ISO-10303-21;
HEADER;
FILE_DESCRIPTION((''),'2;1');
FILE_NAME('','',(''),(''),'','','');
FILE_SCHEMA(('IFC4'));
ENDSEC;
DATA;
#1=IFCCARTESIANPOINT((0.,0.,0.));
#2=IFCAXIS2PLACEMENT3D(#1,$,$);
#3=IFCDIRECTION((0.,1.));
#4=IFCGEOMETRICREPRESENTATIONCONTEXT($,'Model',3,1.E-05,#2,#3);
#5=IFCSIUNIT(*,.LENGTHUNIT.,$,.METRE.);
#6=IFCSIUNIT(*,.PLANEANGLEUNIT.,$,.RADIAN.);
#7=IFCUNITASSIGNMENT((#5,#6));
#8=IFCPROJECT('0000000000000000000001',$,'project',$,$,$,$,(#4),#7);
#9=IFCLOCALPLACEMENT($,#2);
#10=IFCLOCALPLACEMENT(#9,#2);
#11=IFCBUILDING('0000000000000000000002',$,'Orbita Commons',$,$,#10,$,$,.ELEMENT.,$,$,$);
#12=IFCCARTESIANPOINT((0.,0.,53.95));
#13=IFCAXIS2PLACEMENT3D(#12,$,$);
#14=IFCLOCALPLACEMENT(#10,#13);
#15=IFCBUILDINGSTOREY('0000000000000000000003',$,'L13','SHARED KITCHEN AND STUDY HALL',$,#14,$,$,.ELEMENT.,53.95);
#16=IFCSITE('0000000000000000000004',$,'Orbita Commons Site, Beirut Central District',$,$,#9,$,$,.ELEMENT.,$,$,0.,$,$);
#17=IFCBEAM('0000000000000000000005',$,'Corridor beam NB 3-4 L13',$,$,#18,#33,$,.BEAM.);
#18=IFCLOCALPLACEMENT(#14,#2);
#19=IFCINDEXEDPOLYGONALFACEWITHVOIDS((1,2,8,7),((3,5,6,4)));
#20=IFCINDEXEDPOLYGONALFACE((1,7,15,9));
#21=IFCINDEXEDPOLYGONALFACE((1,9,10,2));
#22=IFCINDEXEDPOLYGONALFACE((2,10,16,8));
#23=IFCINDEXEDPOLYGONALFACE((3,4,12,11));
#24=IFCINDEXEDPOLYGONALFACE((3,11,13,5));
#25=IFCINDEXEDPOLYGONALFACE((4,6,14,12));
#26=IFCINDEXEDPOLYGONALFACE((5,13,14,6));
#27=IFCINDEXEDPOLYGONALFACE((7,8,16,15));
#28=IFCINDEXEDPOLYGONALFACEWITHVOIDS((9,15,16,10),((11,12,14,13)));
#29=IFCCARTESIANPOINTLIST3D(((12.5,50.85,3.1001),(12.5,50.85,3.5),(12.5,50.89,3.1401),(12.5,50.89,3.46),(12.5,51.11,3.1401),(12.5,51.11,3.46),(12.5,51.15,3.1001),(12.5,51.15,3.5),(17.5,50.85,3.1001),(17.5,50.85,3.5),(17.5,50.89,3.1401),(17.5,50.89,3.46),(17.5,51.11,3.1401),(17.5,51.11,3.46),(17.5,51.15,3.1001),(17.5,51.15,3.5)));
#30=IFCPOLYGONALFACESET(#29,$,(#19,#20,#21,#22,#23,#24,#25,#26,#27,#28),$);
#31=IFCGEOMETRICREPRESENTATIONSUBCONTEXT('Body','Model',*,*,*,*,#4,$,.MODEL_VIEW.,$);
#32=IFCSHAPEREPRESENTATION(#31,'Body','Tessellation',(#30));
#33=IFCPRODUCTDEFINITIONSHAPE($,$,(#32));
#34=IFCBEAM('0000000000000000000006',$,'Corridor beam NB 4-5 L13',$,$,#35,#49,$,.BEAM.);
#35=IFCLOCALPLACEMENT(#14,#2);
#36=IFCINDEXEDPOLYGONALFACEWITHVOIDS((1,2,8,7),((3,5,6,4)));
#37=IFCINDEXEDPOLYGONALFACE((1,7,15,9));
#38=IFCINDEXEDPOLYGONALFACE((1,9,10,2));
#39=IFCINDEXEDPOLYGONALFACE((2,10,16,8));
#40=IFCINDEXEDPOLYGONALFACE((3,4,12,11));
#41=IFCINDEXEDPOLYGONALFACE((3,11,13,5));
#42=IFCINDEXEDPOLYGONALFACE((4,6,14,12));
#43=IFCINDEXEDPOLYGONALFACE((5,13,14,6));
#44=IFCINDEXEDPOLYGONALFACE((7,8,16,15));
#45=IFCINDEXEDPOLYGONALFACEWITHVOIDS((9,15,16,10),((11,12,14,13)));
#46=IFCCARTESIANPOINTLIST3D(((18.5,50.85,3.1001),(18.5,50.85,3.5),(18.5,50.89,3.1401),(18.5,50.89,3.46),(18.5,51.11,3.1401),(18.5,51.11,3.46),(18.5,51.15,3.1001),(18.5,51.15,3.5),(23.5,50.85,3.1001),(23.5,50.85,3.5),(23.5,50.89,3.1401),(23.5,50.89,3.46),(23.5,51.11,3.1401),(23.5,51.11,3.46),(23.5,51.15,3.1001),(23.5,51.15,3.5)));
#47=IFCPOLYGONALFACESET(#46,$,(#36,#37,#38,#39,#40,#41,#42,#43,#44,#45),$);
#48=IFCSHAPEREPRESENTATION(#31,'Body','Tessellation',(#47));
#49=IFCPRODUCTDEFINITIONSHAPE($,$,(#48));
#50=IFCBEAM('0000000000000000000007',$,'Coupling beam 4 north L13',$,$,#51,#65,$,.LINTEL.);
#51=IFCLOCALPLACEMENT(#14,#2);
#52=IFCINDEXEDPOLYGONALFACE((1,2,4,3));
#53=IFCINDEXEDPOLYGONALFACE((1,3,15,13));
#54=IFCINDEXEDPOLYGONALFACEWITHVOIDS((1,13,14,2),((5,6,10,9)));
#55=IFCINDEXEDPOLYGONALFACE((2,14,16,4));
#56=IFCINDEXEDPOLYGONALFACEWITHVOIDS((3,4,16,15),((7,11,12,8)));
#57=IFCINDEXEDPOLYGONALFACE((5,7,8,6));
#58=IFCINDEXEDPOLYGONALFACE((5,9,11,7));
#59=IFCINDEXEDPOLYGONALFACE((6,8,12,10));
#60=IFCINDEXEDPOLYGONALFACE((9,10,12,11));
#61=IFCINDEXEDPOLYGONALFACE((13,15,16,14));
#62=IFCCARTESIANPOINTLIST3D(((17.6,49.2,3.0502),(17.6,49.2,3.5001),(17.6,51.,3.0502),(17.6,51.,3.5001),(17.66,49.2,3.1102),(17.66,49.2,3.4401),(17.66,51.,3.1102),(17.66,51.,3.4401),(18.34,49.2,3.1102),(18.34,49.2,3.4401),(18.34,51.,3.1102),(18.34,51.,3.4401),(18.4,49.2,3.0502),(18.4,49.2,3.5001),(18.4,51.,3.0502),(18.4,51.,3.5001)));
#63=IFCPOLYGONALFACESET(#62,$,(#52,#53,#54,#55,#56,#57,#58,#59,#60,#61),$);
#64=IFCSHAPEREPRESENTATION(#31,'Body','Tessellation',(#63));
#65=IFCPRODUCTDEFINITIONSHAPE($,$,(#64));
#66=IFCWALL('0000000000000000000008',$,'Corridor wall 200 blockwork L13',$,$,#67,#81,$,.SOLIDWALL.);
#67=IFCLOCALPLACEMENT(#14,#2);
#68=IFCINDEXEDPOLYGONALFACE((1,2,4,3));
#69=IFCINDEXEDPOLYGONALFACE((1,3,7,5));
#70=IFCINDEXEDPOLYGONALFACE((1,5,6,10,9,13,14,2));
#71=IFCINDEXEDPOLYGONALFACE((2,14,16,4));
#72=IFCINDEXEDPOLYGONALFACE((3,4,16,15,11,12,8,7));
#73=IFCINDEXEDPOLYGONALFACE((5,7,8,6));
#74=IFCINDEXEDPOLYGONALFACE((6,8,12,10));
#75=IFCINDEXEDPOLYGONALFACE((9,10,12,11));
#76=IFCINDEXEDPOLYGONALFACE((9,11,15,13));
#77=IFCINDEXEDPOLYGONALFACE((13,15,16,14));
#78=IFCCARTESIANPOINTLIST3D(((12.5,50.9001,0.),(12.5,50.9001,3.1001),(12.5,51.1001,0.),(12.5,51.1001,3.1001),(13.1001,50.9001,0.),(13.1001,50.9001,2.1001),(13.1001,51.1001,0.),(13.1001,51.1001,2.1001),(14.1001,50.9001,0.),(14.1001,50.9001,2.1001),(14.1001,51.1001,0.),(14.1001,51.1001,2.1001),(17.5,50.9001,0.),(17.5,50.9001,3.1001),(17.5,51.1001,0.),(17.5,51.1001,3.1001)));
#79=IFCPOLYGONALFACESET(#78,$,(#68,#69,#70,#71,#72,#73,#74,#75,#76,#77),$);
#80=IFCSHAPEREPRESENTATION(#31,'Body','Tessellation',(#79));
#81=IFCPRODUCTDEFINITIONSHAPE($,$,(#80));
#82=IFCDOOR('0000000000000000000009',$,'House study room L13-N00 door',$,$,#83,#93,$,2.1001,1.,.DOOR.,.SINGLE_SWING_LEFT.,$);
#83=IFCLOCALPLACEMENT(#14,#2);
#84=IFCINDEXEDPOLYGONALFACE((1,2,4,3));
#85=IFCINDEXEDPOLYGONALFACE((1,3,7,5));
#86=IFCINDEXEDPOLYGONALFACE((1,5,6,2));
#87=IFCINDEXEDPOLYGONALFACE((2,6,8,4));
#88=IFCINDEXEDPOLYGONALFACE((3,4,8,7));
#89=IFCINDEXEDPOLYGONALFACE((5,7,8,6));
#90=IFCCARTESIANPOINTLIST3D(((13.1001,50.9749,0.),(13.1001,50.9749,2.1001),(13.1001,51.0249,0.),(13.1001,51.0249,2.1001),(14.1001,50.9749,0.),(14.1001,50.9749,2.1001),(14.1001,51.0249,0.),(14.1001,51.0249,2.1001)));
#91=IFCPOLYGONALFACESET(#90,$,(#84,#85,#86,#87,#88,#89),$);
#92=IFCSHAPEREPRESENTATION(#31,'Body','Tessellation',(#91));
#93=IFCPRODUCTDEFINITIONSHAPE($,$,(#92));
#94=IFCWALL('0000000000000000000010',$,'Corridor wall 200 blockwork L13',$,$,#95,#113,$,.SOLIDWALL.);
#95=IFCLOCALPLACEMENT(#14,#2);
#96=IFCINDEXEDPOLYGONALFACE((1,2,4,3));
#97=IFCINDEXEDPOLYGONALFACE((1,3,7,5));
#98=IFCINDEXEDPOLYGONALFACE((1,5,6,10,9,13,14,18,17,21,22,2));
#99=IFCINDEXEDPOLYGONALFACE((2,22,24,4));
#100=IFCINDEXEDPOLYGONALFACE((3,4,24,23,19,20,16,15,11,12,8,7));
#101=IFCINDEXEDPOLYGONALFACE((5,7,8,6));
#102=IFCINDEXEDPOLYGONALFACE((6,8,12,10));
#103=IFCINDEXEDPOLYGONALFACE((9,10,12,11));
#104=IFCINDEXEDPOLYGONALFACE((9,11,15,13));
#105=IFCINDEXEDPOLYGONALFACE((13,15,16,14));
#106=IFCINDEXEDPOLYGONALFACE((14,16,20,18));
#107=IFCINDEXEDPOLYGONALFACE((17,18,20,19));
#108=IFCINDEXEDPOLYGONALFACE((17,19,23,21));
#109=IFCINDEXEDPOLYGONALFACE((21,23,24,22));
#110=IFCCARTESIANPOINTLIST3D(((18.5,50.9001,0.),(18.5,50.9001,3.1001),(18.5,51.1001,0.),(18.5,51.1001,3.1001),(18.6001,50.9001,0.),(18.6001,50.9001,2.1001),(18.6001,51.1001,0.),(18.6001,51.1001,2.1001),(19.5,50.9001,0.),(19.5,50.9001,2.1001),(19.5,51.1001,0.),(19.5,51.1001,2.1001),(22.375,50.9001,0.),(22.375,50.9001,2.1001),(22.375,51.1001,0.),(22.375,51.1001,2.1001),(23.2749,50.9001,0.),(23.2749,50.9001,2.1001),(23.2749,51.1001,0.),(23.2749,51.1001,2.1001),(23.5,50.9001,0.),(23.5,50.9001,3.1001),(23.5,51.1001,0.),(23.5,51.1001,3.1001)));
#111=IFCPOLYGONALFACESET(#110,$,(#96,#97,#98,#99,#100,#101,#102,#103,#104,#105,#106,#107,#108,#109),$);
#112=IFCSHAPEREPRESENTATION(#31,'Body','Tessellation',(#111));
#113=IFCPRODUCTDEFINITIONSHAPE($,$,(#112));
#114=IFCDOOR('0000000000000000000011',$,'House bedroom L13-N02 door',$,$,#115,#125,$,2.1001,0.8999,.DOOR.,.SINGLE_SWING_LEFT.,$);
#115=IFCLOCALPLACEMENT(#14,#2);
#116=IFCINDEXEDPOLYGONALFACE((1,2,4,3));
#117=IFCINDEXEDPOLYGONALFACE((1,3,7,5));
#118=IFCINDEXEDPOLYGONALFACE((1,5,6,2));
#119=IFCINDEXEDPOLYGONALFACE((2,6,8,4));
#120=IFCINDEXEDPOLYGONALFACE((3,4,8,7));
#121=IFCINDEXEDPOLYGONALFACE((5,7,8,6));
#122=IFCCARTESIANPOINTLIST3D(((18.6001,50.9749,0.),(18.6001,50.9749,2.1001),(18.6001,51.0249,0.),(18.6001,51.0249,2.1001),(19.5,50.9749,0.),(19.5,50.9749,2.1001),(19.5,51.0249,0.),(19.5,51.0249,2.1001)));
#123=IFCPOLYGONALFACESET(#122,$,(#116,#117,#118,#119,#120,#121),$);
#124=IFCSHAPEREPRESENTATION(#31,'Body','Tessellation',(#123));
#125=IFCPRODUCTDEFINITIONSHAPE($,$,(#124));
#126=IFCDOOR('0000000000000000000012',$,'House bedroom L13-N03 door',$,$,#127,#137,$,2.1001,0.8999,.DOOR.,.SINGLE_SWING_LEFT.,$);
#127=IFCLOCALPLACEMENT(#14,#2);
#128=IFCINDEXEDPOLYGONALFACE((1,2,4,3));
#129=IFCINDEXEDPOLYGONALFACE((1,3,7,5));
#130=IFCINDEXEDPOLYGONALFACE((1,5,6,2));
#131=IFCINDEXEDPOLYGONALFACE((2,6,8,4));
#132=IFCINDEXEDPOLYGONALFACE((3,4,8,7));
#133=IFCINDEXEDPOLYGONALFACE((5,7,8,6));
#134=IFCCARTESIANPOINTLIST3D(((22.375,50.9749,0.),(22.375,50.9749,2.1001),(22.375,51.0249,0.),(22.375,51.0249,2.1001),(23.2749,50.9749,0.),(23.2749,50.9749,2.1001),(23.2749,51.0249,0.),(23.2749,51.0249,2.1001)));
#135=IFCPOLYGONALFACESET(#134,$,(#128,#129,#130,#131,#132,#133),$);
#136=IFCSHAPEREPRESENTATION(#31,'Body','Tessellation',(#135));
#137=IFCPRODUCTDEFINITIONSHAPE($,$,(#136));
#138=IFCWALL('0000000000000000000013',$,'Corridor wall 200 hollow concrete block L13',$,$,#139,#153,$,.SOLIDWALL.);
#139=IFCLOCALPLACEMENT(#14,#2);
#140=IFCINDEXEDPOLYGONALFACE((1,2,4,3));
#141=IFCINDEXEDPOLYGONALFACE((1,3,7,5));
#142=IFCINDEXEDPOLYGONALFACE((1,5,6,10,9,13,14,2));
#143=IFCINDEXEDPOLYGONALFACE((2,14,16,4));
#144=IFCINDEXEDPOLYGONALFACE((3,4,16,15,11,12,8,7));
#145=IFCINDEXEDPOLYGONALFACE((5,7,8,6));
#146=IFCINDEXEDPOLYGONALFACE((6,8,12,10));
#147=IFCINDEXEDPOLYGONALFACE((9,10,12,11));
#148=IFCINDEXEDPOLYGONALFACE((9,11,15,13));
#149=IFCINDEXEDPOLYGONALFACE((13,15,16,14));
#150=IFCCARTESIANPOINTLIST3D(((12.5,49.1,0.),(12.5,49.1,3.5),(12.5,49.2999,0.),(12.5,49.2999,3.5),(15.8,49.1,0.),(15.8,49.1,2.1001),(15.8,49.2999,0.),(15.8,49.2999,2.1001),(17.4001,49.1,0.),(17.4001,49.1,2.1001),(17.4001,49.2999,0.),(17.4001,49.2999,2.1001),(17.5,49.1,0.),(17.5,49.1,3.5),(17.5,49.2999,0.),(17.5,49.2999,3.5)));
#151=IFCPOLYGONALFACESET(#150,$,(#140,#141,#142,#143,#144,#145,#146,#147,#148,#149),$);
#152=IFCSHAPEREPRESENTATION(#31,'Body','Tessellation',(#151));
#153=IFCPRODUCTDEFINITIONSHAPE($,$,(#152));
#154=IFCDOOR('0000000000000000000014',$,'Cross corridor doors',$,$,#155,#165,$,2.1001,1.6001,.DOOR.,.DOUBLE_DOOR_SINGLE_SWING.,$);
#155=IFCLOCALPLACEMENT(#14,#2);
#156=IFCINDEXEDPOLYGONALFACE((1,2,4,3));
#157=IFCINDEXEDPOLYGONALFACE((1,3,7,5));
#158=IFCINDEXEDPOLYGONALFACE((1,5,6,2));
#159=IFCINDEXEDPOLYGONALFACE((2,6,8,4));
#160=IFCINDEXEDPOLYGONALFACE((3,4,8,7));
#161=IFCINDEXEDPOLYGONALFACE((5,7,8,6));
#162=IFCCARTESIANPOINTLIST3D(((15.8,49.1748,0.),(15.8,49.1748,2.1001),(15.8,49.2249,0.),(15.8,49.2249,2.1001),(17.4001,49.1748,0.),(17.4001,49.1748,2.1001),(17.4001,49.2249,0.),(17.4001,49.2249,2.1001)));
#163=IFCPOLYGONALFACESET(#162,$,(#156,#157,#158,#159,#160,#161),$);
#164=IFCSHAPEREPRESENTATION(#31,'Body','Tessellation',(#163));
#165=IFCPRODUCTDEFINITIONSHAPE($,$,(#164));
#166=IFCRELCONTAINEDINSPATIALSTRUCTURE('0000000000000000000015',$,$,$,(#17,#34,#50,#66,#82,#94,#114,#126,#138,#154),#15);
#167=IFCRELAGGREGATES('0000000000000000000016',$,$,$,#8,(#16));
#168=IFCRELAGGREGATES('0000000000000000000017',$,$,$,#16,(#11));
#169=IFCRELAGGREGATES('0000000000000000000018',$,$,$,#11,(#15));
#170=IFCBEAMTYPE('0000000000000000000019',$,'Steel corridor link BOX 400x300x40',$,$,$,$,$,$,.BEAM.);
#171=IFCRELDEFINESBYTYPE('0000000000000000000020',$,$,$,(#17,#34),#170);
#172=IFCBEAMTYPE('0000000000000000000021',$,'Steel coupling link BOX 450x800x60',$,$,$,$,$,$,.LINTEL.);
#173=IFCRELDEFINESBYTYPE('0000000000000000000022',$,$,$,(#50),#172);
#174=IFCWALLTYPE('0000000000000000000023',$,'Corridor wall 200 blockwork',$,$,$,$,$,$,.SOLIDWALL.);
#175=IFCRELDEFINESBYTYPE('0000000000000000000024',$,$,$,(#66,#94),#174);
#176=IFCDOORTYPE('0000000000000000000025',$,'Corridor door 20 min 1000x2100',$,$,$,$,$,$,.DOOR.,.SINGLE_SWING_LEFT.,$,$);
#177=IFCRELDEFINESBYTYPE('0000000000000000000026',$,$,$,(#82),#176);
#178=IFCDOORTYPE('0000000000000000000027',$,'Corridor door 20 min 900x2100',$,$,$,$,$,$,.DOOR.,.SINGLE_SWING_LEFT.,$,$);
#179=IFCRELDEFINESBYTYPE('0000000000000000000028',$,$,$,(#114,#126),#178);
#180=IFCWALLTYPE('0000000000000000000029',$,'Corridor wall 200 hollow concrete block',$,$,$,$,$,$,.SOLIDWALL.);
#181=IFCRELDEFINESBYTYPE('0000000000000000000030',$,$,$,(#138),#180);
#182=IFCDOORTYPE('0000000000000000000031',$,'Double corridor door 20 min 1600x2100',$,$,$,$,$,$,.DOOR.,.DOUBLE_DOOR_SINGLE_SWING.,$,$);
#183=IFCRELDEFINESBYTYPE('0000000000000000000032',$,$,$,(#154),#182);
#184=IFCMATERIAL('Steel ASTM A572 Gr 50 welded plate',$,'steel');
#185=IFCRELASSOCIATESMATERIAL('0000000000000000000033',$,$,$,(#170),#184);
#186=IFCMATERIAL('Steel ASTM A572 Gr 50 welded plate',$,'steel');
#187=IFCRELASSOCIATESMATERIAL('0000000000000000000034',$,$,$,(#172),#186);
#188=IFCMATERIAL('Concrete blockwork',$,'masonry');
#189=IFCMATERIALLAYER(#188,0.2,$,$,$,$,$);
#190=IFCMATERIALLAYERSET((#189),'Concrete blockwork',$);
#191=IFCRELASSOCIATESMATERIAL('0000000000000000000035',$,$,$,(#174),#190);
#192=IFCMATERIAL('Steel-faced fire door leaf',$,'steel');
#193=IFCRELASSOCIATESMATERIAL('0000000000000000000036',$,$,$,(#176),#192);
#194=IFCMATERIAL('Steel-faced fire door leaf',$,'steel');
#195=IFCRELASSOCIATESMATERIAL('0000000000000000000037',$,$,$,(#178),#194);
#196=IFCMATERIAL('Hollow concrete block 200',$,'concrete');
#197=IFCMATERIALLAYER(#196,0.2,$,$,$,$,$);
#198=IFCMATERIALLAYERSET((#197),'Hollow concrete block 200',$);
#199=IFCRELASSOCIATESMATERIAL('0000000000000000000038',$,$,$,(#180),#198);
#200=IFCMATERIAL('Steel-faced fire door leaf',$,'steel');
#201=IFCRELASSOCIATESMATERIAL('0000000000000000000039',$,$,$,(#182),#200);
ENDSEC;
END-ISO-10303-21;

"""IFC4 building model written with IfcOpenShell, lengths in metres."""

from ifc_helpers import new_model, si_unit, direction, frame, frame_2d, origin, origin_2d, place, context, subcontext, project, spatial, polyline, rectangle, hollow_rectangle, outline, extrude, material, layer, layer_set, material_profile, profile_set, type_object, element, fill, save


model = new_model("IFC4")

# Units and contexts
model_context = context("Model", 3, precision=1e-05, world=origin(), true_north=direction((0.0, 1.0)))
body_context = subcontext(model_context, "Body", "Model", "MODEL_VIEW")
ifc_project = project(units=[si_unit("LENGTHUNIT", "METRE"), si_unit("PLANEANGLEUNIT", "RADIAN")], contexts=[model_context])

# Site, building, storey
site_placement = place(None, origin())
site = spatial("IfcSite", under=ifc_project, at=site_placement, Name="Orbita Commons Site, Beirut Central District", CompositionType="ELEMENT", RefElevation=0.0)
building_placement = place(site_placement, origin())
building = spatial("IfcBuilding", under=site, at=building_placement, Name="Orbita Commons", CompositionType="ELEMENT")
storey_placement = place(building_placement, frame((0.0, 0.0, 53.95)))
storey = spatial("IfcBuildingStorey", under=building, at=storey_placement, Name="L13", Description="SHARED KITCHEN AND STUDY HALL", CompositionType="ELEMENT", Elevation=53.95)

# Beams
ifc_material_1 = material(Name="Steel ASTM A572 Gr 50 welded plate", Category="steel")
ifc_material_profile_1 = material_profile(ifc_material_1, hollow_rectangle(XDim=0.3, YDim=0.3999, WallThickness=0.04, at=origin_2d()), Name="BOX 400x300x40")
ifc_profile_set_1 = profile_set([ifc_material_profile_1], Name="Steel ASTM A572 Gr 50 welded plate")
beam_type_1 = type_object("IfcBeamType", Name="Steel corridor link BOX 400x300x40", PredefinedType="BEAM", material=ifc_profile_set_1)
for number, where, z_axis, x_axis, name in (
    (1, (12.5, 51.0, 3.3), (1.0, 0.0, 0.0), (0.0, 1.0, 0.0), "Corridor beam NB 3-4 L13"),
    (2, (18.5, 51.0, 3.3), (1.0, 0.0, 0.0), (0.0, 1.0, 0.0), "Corridor beam NB 4-5 L13"),
):
    element("IfcBeam", number, at=place(storey_placement, frame(where, z_axis=z_axis, x_axis=x_axis)), inside=storey, type_object=beam_type_1, Name=name, PredefinedType="BEAM", context=body_context, shape_type="SweptSolid", body=[
        extrude(hollow_rectangle(XDim=0.3, YDim=0.3999, WallThickness=0.04, at=origin_2d()), origin(), (0.0, 0.0, 1.0), 5.0),
    ])
ifc_material_2 = material(Name="Steel ASTM A572 Gr 50 welded plate", Category="steel")
ifc_material_profile_2 = material_profile(ifc_material_2, hollow_rectangle(XDim=0.8, YDim=0.45, WallThickness=0.0601, at=origin_2d()), Name="BOX 450x800x60")
ifc_profile_set_2 = profile_set([ifc_material_profile_2], Name="Steel ASTM A572 Gr 50 welded plate")
beam_type_2 = type_object("IfcBeamType", Name="Steel coupling link BOX 450x800x60", PredefinedType="LINTEL", material=ifc_profile_set_2)
beam_placement = place(storey_placement, frame((18.0, 49.2, 3.2751), z_axis=(0.0, 1.0, 0.0), x_axis=(-1.0, 0.0, 0.0)))
element("IfcBeam", 3, at=beam_placement, inside=storey, type_object=beam_type_2, Name="Coupling beam 4 north L13", PredefinedType="LINTEL", context=body_context, shape_type="SweptSolid", body=[
    extrude(hollow_rectangle(XDim=0.8, YDim=0.45, WallThickness=0.0601, at=origin_2d()), origin(), (0.0, 0.0, 1.0), 1.8),
])

# Wall, opening, door
ifc_material_3 = material(Name="Concrete blockwork", Category="masonry")
ifc_layer_1 = layer(ifc_material_3, 0.2)
ifc_layer_set_1 = layer_set([ifc_layer_1], Name="Concrete blockwork")
wall_type_1 = type_object("IfcWallType", Name="Corridor wall 200 blockwork", PredefinedType="SOLIDWALL", material=ifc_layer_set_1)
wall_1_placement = place(storey_placement, frame((12.5, 51.0, 0.0), z_axis=(0.0, 0.0, 1.0), x_axis=(1.0, 0.0, 0.0)))
wall_1 = element("IfcWall", 4, at=wall_1_placement, inside=storey, type_object=wall_type_1, Name="Corridor wall 200 blockwork L13", PredefinedType="SOLIDWALL", context=body_context, shape_type="SweptSolid", body=[
    extrude(outline(polyline([(0.0, 0.0), (5.0, 0.0), (5.0, 3.1001), (0.0, 3.1001), (0.0, 0.0)])), frame((0.0, 0.1001, 0.0), z_axis=(0.0, -1.0, 0.0), x_axis=(1.0, 0.0, 0.0)), (0.0, 0.0, 1.0), 0.2),
])
opening_1_placement = place(wall_1_placement, frame((0.6001, 0.0, 0.0)))
opening_1 = element("IfcOpeningElement", 5, at=opening_1_placement, cuts=wall_1, PredefinedType="OPENING", context=body_context, shape_type="SweptSolid", body=[
    extrude(rectangle(XDim=1.0, YDim=2.1001, at=frame_2d((0.5, 1.05))), frame((0.0, 0.1099, 0.0), z_axis=(0.0, -1.0, 0.0), x_axis=(1.0, 0.0, 0.0)), (0.0, 0.0, 1.0), 0.22),
])
ifc_material_4 = material(Name="Steel-faced fire door leaf", Category="steel")
door_type_1 = type_object("IfcDoorType", Name="Corridor door 20 min 1000x2100", OperationType="SINGLE_SWING_LEFT", PredefinedType="DOOR", material=ifc_material_4)
door_1_placement = place(opening_1_placement, origin())
door_1 = element("IfcDoor", 6, at=door_1_placement, inside=storey, type_object=door_type_1, Name="House study room L13-N00 door", OperationType="SINGLE_SWING_LEFT", OverallHeight=2.1001, OverallWidth=1.0, PredefinedType="DOOR", context=body_context, shape_type="SweptSolid", body=[
    extrude(rectangle(XDim=1.0, YDim=2.1001, at=frame_2d((0.5, 1.05))), frame((0.0, 0.0249, 0.0), z_axis=(0.0, -1.0, 0.0), x_axis=(1.0, 0.0, 0.0)), (0.0, 0.0, 1.0), 0.05),
])
fill(opening_1, door_1)

# Wall, openings, doors
wall_2_placement = place(storey_placement, frame((18.5, 51.0, 0.0), z_axis=(0.0, 0.0, 1.0), x_axis=(1.0, 0.0, 0.0)))
wall_2 = element("IfcWall", 7, at=wall_2_placement, inside=storey, type_object=wall_type_1, Name="Corridor wall 200 blockwork L13", PredefinedType="SOLIDWALL", context=body_context, shape_type="SweptSolid", body=[
    extrude(outline(polyline([(0.0, 0.0), (5.0, 0.0), (5.0, 3.1001), (0.0, 3.1001), (0.0, 0.0)])), frame((0.0, 0.1001, 0.0), z_axis=(0.0, -1.0, 0.0), x_axis=(1.0, 0.0, 0.0)), (0.0, 0.0, 1.0), 0.2),
])
opening_2_placement = place(wall_2_placement, frame((0.1001, 0.0, 0.0)))
opening_2 = element("IfcOpeningElement", 8, at=opening_2_placement, cuts=wall_2, PredefinedType="OPENING", context=body_context, shape_type="SweptSolid", body=[
    extrude(rectangle(XDim=0.8999, YDim=2.1001, at=frame_2d((0.45, 1.05))), frame((0.0, 0.1099, 0.0), z_axis=(0.0, -1.0, 0.0), x_axis=(1.0, 0.0, 0.0)), (0.0, 0.0, 1.0), 0.22),
])
opening_3_placement = place(wall_2_placement, frame((3.875, 0.0, 0.0)))
opening_3 = element("IfcOpeningElement", 9, at=opening_3_placement, cuts=wall_2, PredefinedType="OPENING", context=body_context, shape_type="SweptSolid", body=[
    extrude(rectangle(XDim=0.8999, YDim=2.1001, at=frame_2d((0.45, 1.05))), frame((0.0, 0.1099, 0.0), z_axis=(0.0, -1.0, 0.0), x_axis=(1.0, 0.0, 0.0)), (0.0, 0.0, 1.0), 0.22),
])
ifc_material_5 = material(Name="Steel-faced fire door leaf", Category="steel")
door_type_2 = type_object("IfcDoorType", Name="Corridor door 20 min 900x2100", OperationType="SINGLE_SWING_LEFT", PredefinedType="DOOR", material=ifc_material_5)
door_2_placement = place(opening_2_placement, origin())
door_2 = element("IfcDoor", 10, at=door_2_placement, inside=storey, type_object=door_type_2, Name="House bedroom L13-N02 door", OperationType="SINGLE_SWING_LEFT", OverallHeight=2.1001, OverallWidth=0.8999, PredefinedType="DOOR", context=body_context, shape_type="SweptSolid", body=[
    extrude(rectangle(XDim=0.8999, YDim=2.1001, at=frame_2d((0.45, 1.05))), frame((0.0, 0.0249, 0.0), z_axis=(0.0, -1.0, 0.0), x_axis=(1.0, 0.0, 0.0)), (0.0, 0.0, 1.0), 0.05),
])
fill(opening_2, door_2)
door_3_placement = place(opening_3_placement, origin())
door_3 = element("IfcDoor", 11, at=door_3_placement, inside=storey, type_object=door_type_2, Name="House bedroom L13-N03 door", OperationType="SINGLE_SWING_LEFT", OverallHeight=2.1001, OverallWidth=0.8999, PredefinedType="DOOR", context=body_context, shape_type="SweptSolid", body=[
    extrude(rectangle(XDim=0.8999, YDim=2.1001, at=frame_2d((0.45, 1.05))), frame((0.0, 0.0249, 0.0), z_axis=(0.0, -1.0, 0.0), x_axis=(1.0, 0.0, 0.0)), (0.0, 0.0, 1.0), 0.05),
])
fill(opening_3, door_3)

# Wall, opening, door
ifc_material_6 = material(Name="Hollow concrete block 200", Category="concrete")
ifc_layer_2 = layer(ifc_material_6, 0.2)
ifc_layer_set_2 = layer_set([ifc_layer_2], Name="Hollow concrete block 200")
wall_type_2 = type_object("IfcWallType", Name="Corridor wall 200 hollow concrete block", PredefinedType="SOLIDWALL", material=ifc_layer_set_2)
wall_3_placement = place(storey_placement, frame((12.5, 49.2, 0.0), z_axis=(0.0, 0.0, 1.0), x_axis=(1.0, 0.0, 0.0)))
wall_3 = element("IfcWall", 12, at=wall_3_placement, inside=storey, type_object=wall_type_2, Name="Corridor wall 200 hollow concrete block L13", PredefinedType="SOLIDWALL", context=body_context, shape_type="SweptSolid", body=[
    extrude(rectangle(XDim=5.0, YDim=0.2, at=frame_2d((2.5, 0.0))), origin(), (0.0, 0.0, 1.0), 3.5),
])
opening_4_placement = place(wall_3_placement, frame((3.3, 0.0, 0.0)))
opening_4 = element("IfcOpeningElement", 13, at=opening_4_placement, cuts=wall_3, PredefinedType="OPENING", context=body_context, shape_type="SweptSolid", body=[
    extrude(rectangle(XDim=1.6001, YDim=2.1001, at=frame_2d((0.8, 1.05))), frame((0.0, 0.1099, 0.0), z_axis=(0.0, -1.0, 0.0), x_axis=(1.0, 0.0, 0.0)), (0.0, 0.0, 1.0), 0.22),
])
ifc_material_7 = material(Name="Steel-faced fire door leaf", Category="steel")
door_type_3 = type_object("IfcDoorType", Name="Double corridor door 20 min 1600x2100", OperationType="DOUBLE_DOOR_SINGLE_SWING", PredefinedType="DOOR", material=ifc_material_7)
door_4_placement = place(opening_4_placement, origin())
door_4 = element("IfcDoor", 14, at=door_4_placement, inside=storey, type_object=door_type_3, Name="Cross corridor doors", OperationType="DOUBLE_DOOR_SINGLE_SWING", OverallHeight=2.1001, OverallWidth=1.6001, PredefinedType="DOOR", context=body_context, shape_type="SweptSolid", body=[
    extrude(rectangle(XDim=1.6001, YDim=2.1001, at=frame_2d((0.8, 1.05))), frame((0.0, 0.0249, 0.0), z_axis=(0.0, -1.0, 0.0), x_axis=(1.0, 0.0, 0.0)), (0.0, 0.0, 1.0), 0.05),
])
fill(opening_4, door_4)

save(model, "model.ifc")
